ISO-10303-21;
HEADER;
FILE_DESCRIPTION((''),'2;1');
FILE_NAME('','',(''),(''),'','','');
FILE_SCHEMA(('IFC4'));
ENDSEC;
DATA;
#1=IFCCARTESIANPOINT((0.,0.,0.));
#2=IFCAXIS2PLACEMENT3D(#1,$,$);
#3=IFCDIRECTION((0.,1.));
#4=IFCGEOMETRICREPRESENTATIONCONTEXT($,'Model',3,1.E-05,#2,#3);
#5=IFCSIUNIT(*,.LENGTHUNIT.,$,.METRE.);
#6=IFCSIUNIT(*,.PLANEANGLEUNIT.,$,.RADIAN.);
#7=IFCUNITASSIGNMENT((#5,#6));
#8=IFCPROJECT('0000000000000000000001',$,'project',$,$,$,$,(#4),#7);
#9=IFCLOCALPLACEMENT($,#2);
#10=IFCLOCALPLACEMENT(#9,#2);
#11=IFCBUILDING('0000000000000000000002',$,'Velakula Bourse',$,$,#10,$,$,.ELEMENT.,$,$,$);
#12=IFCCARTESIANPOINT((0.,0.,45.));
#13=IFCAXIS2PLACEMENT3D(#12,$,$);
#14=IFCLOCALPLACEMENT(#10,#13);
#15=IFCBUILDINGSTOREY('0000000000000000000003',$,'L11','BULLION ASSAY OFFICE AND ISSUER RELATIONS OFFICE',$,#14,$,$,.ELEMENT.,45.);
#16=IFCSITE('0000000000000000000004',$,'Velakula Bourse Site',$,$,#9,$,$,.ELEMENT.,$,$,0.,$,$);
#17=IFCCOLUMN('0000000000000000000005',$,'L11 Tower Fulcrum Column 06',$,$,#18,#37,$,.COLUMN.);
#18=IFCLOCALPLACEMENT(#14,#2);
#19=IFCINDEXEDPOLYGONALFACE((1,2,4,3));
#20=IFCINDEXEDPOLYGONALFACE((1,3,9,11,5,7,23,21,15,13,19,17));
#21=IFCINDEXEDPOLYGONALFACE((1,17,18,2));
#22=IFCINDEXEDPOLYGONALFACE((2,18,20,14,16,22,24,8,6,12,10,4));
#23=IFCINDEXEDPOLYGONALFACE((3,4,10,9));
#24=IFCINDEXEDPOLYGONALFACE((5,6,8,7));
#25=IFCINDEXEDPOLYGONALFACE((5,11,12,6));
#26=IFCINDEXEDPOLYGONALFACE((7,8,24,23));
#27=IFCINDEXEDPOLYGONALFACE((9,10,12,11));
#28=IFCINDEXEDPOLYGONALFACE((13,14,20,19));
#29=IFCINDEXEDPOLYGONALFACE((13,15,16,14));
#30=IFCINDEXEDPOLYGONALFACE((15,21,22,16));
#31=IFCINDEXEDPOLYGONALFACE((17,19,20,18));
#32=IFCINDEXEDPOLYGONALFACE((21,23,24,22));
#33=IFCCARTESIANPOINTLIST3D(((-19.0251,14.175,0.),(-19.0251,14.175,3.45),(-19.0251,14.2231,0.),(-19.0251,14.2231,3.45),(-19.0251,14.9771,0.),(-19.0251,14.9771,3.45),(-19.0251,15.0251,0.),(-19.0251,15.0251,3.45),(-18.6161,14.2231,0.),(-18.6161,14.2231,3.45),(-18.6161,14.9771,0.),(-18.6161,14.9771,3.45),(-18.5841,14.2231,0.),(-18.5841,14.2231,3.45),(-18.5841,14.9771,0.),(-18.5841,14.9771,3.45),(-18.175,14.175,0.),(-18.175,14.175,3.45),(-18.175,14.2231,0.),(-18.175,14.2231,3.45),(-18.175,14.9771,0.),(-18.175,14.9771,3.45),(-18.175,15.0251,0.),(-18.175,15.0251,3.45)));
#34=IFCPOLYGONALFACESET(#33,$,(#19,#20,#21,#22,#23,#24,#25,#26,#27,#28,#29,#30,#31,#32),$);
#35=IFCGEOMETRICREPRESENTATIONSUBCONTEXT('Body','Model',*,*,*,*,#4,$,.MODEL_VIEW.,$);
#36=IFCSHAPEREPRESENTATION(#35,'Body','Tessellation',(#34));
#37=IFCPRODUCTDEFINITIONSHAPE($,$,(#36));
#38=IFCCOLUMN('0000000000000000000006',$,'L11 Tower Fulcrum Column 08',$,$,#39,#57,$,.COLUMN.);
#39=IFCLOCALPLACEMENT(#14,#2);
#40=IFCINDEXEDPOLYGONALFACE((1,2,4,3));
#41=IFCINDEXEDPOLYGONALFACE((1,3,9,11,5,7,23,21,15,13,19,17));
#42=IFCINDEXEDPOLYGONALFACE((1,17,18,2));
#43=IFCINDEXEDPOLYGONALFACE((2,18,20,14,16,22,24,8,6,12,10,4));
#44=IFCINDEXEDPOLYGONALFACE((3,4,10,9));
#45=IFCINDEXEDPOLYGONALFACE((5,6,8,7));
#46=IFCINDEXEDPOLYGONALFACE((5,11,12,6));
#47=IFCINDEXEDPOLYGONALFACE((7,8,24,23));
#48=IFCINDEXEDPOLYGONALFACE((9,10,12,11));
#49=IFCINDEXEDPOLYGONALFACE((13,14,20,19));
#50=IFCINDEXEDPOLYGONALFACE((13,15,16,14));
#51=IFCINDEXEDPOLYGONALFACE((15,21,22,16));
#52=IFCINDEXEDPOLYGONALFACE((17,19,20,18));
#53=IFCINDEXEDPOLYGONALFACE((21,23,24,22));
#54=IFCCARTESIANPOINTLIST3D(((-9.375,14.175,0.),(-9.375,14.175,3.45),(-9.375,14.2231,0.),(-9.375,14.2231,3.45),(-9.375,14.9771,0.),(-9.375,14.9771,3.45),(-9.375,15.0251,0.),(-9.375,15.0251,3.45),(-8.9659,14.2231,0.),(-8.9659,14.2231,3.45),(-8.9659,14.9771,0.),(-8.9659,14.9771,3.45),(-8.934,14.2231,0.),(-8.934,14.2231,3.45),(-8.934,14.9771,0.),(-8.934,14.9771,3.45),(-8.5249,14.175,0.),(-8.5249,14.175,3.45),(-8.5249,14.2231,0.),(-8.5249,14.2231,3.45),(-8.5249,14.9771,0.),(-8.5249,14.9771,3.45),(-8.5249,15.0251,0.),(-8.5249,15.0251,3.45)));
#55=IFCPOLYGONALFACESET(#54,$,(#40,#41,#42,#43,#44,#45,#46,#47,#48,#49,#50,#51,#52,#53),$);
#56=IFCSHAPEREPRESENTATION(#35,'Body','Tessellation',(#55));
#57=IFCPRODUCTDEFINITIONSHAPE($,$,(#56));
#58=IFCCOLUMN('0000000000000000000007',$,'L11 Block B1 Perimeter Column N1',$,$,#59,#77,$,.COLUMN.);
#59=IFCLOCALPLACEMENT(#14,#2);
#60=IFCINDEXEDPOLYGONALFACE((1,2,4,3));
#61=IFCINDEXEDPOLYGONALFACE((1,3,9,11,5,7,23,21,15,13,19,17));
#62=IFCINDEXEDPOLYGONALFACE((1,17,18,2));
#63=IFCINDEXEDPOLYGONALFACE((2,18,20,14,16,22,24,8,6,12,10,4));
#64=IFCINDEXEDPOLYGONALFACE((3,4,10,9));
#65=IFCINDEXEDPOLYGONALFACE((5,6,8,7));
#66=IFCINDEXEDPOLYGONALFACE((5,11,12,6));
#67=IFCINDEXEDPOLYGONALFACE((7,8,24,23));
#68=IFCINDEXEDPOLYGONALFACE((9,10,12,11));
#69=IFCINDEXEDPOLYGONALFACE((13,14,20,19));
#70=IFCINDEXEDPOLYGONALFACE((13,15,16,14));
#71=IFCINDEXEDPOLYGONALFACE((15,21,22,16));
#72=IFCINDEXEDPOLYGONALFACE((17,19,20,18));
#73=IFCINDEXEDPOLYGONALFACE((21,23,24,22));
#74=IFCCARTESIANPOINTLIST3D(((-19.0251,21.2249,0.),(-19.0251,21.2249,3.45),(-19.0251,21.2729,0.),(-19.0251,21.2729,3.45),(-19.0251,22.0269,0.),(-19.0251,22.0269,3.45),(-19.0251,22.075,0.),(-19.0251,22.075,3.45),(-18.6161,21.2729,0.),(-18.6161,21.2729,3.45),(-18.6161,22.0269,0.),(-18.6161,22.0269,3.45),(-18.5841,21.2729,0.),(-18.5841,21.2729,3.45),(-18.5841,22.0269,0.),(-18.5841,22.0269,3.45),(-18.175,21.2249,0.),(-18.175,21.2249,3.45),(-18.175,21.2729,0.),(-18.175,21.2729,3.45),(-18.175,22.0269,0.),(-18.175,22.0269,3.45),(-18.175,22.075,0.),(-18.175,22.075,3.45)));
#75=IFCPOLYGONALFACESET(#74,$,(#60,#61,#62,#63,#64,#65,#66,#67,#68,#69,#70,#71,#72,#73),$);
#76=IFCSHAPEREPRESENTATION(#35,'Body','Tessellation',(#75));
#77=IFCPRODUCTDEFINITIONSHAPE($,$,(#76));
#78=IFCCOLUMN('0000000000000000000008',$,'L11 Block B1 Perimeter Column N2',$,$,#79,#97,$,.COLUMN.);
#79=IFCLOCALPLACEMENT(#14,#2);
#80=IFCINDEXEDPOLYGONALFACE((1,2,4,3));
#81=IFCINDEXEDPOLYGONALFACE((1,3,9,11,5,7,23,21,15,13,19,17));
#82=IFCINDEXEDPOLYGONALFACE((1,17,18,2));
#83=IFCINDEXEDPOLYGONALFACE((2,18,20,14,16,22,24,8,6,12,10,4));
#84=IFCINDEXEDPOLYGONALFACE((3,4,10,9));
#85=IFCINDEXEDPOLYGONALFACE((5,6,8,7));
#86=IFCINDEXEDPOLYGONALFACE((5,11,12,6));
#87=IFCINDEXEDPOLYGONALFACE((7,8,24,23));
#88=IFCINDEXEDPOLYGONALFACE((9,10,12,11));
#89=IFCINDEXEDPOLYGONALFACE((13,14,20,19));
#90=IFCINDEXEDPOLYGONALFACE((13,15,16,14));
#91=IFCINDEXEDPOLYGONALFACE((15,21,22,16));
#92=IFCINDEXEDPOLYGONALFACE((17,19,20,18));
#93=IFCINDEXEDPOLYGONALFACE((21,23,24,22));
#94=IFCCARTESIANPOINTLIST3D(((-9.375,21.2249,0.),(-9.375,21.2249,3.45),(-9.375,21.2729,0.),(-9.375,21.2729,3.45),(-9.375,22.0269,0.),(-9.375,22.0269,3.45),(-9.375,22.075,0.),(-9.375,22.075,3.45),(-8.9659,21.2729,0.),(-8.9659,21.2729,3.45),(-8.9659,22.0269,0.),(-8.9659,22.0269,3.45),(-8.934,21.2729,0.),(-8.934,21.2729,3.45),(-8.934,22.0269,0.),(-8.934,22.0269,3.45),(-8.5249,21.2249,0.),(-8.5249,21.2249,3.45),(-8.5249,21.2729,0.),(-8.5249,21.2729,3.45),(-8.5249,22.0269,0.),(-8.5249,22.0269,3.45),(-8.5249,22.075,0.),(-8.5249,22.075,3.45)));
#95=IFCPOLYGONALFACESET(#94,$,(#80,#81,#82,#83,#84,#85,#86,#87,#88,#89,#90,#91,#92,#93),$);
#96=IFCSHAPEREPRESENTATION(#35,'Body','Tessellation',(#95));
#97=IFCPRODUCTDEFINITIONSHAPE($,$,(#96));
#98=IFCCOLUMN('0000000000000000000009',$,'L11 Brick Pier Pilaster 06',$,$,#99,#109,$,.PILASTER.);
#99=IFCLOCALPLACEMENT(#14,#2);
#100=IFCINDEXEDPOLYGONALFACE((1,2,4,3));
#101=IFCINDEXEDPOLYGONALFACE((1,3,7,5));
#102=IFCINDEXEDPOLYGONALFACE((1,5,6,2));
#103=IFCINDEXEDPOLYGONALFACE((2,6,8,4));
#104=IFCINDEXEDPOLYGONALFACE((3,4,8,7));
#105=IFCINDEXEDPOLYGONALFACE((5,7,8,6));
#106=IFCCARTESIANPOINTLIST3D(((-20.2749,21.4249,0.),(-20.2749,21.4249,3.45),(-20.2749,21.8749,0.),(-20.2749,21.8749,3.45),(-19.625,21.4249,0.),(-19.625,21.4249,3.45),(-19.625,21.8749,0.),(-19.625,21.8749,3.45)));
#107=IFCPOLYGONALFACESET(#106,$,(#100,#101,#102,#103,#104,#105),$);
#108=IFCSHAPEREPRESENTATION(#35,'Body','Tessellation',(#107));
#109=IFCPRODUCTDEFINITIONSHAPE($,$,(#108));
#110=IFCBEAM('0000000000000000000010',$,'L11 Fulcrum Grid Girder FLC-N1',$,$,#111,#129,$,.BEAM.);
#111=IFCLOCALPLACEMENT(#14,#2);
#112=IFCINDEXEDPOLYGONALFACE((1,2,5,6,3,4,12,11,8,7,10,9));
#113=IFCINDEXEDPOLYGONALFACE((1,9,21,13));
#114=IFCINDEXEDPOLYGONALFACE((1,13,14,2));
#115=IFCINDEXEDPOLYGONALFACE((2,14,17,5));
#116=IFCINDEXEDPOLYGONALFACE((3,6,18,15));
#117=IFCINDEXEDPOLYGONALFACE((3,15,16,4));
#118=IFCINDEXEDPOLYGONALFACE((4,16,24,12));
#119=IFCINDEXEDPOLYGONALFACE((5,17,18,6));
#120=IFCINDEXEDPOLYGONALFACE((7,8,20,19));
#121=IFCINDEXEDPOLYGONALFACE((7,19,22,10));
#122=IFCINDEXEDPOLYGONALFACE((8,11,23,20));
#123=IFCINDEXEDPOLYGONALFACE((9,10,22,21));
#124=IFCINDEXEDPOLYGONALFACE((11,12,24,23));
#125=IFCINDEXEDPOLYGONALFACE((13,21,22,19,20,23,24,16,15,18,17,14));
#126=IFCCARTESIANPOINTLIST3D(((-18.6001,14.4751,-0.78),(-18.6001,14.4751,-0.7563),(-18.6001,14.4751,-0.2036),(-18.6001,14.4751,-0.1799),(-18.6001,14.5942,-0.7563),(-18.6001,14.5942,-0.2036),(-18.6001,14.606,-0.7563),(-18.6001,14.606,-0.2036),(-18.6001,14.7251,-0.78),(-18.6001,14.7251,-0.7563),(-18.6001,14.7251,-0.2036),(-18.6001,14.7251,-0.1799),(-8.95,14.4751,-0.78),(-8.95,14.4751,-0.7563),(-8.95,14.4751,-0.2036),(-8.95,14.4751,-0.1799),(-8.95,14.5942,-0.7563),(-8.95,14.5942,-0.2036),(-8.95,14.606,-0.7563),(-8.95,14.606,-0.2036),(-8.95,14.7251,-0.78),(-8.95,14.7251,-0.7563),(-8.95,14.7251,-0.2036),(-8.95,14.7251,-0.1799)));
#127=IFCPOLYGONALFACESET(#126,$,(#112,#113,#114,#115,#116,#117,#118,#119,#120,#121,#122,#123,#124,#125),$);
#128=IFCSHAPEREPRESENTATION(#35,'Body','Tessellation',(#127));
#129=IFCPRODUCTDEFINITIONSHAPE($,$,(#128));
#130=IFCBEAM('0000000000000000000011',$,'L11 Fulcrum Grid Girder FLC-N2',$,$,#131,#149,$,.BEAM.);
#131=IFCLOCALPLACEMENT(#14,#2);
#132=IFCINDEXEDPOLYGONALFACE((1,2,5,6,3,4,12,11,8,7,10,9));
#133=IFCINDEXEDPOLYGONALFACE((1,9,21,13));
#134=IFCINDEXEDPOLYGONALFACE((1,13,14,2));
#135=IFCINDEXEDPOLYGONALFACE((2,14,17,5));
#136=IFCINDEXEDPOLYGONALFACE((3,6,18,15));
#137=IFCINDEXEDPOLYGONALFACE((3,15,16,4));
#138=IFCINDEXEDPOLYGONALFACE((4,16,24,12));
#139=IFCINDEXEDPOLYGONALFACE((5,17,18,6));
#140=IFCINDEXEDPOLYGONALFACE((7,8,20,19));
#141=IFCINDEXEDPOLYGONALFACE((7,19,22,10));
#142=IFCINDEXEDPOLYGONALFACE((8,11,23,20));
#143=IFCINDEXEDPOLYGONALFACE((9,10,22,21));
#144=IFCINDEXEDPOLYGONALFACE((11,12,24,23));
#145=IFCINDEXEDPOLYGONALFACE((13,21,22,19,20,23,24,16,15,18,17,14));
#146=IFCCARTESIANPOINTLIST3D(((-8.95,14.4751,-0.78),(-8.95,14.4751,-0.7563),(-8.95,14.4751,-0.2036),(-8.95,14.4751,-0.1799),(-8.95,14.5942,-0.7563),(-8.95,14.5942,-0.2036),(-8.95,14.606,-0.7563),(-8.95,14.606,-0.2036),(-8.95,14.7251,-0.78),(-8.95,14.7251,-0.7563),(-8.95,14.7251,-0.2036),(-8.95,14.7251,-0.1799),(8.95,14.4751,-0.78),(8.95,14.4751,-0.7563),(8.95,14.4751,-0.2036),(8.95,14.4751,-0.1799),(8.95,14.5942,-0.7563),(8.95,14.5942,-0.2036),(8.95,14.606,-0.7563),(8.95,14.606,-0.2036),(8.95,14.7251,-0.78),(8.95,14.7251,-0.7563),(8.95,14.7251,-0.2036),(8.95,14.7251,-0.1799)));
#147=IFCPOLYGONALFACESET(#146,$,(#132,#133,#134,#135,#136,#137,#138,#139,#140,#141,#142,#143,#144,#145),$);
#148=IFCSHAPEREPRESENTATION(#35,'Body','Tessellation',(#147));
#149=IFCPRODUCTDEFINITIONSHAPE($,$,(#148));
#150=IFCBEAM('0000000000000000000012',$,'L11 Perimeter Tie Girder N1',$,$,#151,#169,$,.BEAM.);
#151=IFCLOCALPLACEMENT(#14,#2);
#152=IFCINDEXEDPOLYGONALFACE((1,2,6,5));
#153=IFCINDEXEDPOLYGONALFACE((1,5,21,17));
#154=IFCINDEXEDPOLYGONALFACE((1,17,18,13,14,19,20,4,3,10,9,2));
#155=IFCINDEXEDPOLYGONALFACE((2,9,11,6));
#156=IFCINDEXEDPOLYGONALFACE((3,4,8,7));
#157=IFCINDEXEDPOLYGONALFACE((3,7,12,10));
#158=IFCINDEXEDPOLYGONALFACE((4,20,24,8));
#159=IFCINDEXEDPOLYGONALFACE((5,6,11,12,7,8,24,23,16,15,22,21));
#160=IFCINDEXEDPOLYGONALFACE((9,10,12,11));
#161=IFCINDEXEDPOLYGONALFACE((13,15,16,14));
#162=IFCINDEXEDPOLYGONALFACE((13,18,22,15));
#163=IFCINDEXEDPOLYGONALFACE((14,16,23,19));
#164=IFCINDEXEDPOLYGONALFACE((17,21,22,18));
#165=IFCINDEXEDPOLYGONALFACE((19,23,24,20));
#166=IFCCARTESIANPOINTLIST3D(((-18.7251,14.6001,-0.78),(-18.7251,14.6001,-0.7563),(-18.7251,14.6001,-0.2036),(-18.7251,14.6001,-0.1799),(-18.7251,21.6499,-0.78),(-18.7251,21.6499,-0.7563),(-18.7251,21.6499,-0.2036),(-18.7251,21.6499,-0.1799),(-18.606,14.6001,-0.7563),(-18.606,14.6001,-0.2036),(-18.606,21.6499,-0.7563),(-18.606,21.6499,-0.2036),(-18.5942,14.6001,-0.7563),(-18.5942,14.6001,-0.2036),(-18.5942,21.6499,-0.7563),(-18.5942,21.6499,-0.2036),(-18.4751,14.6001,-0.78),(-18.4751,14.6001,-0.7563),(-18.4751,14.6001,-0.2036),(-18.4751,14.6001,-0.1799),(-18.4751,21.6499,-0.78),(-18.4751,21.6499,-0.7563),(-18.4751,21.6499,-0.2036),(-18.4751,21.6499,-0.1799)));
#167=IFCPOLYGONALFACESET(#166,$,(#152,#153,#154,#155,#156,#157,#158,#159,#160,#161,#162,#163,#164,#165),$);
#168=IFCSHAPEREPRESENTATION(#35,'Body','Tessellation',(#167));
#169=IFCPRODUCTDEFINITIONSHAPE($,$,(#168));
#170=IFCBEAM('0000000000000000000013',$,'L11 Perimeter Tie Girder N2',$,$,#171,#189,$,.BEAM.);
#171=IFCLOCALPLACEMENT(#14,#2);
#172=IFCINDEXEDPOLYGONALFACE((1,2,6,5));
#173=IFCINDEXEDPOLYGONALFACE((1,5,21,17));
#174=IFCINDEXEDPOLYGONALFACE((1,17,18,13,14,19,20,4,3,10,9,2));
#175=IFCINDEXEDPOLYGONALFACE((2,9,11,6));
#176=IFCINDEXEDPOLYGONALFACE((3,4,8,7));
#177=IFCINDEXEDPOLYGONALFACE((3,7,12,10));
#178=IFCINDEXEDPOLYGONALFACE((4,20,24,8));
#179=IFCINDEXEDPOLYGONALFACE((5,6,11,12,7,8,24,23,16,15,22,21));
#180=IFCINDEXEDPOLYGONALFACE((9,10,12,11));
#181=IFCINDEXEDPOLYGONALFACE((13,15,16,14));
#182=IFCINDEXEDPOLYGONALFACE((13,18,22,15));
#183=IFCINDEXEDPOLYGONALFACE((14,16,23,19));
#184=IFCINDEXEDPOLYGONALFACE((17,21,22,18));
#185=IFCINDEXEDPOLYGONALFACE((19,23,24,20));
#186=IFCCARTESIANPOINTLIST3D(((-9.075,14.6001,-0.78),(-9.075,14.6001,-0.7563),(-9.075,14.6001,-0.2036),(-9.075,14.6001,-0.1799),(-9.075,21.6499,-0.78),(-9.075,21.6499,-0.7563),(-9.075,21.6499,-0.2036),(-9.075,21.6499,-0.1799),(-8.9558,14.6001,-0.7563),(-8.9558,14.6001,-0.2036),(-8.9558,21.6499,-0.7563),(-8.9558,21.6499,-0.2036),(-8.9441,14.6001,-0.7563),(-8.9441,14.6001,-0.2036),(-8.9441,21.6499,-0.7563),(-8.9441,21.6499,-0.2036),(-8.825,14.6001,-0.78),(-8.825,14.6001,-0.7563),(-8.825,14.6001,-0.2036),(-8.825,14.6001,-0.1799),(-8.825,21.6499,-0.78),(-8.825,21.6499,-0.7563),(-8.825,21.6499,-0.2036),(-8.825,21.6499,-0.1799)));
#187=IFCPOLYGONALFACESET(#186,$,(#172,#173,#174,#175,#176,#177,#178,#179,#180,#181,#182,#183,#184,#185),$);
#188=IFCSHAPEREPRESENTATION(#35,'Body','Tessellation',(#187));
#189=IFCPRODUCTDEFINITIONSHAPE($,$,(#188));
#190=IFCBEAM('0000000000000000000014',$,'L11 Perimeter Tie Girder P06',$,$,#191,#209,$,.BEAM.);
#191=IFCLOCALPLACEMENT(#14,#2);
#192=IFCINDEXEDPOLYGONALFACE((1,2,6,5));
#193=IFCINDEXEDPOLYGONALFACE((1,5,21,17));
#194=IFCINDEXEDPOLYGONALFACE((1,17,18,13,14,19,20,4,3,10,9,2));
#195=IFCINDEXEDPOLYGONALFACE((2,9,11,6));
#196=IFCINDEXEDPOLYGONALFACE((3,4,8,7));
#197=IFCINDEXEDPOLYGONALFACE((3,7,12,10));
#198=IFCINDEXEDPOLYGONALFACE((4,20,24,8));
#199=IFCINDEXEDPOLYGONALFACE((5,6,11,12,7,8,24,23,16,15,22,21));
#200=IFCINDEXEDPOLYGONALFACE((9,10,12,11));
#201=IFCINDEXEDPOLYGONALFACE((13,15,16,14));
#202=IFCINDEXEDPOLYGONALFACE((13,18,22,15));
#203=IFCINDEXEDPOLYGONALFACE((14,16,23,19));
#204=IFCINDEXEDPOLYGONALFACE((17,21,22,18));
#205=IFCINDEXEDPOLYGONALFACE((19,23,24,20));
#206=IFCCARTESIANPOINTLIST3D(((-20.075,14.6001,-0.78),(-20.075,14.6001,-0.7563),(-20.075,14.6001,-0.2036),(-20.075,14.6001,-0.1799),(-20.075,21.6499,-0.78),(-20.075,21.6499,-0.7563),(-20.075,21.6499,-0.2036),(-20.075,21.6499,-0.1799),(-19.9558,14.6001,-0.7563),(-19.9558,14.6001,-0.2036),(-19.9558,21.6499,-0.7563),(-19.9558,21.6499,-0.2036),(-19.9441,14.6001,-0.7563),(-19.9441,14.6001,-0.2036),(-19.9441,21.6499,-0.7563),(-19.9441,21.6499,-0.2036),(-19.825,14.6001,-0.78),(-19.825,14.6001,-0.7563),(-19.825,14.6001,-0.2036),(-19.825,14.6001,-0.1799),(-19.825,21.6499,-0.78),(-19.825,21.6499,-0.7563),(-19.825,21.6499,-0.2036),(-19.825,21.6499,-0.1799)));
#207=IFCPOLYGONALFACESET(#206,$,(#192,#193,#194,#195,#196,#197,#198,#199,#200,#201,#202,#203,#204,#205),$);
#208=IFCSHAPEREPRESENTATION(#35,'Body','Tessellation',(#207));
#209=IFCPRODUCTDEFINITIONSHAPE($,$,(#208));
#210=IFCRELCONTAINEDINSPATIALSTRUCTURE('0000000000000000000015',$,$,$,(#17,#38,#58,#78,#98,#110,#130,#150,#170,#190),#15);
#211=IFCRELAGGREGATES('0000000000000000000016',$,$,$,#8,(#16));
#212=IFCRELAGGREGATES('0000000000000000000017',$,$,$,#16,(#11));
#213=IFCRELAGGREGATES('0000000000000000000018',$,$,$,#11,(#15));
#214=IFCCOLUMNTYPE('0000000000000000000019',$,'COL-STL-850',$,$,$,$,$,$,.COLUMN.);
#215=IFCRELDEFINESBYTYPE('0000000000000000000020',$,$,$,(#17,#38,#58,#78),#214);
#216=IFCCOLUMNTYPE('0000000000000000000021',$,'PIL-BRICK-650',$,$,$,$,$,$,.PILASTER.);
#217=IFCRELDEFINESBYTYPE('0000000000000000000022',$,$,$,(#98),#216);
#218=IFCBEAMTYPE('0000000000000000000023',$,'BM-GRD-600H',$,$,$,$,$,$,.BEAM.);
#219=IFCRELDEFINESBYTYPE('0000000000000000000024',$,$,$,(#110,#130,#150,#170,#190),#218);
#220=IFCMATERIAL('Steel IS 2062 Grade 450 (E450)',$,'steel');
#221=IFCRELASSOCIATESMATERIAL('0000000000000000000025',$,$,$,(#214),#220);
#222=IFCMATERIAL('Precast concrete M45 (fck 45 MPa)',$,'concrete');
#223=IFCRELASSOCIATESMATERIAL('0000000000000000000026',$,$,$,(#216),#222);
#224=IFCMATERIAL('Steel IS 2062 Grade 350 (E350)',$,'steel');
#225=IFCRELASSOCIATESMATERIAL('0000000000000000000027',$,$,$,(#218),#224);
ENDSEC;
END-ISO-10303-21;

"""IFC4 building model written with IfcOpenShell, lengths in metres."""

from ifc_helpers import new_model, si_unit, direction, frame, origin, origin_2d, place, context, subcontext, project, spatial, rectangle, i_section, extrude, material, material_profile, profile_set, type_object, element, save


model = new_model("IFC4")

# Units and contexts
model_context = context("Model", 3, precision=1e-05, world=origin(), true_north=direction((0.0, 1.0)))
body_context = subcontext(model_context, "Body", "Model", "MODEL_VIEW")
ifc_project = project(units=[si_unit("LENGTHUNIT", "METRE"), si_unit("PLANEANGLEUNIT", "RADIAN")], contexts=[model_context])

# Site, building, storey
site_placement = place(None, origin())
site = spatial("IfcSite", under=ifc_project, at=site_placement, Name="Velakula Bourse Site", CompositionType="ELEMENT", RefElevation=0.0)
building_placement = place(site_placement, origin())
building = spatial("IfcBuilding", under=site, at=building_placement, Name="Velakula Bourse", CompositionType="ELEMENT")
storey_placement = place(building_placement, frame((0.0, 0.0, 45.0)))
storey = spatial("IfcBuildingStorey", under=building, at=storey_placement, Name="L11", Description="BULLION ASSAY OFFICE AND ISSUER RELATIONS OFFICE", CompositionType="ELEMENT", Elevation=45.0)

# Columns
ifc_material_1 = material(Name="Steel IS 2062 Grade 450 (E450)", Category="steel")
ifc_material_profile_1 = material_profile(ifc_material_1, i_section(OverallWidth=0.8501, OverallDepth=0.8501, WebThickness=0.032, FlangeThickness=0.0481, at=origin_2d()), Name="Steel IS 2062 Grade 450 (E450)")
ifc_profile_set_1 = profile_set([ifc_material_profile_1], Name="Steel IS 2062 Grade 450 (E450)")
column_type_1 = type_object("IfcColumnType", Name="COL-STL-850", PredefinedType="COLUMN", material=ifc_profile_set_1)
for number, where, z_axis, x_axis, name in (
    (1, (-18.6001, 14.6001, 0.0), (0.0, 0.0, 1.0), (1.0, 0.0, 0.0), "L11 Tower Fulcrum Column 06"),
    (2, (-8.95, 14.6001, 0.0), (0.0, 0.0, 1.0), (1.0, 0.0, 0.0), "L11 Tower Fulcrum Column 08"),
    (3, (-18.6001, 21.6499, 0.0), (0.0, 0.0, 1.0), (1.0, 0.0, 0.0), "L11 Block B1 Perimeter Column N1"),
    (4, (-8.95, 21.6499, 0.0), (0.0, 0.0, 1.0), (1.0, 0.0, 0.0), "L11 Block B1 Perimeter Column N2"),
):
    element("IfcColumn", number, at=place(storey_placement, frame(where, z_axis=z_axis, x_axis=x_axis)), inside=storey, type_object=column_type_1, Name=name, PredefinedType="COLUMN", context=body_context, shape_type="SweptSolid", body=[
        extrude(i_section(OverallWidth=0.8501, OverallDepth=0.8501, WebThickness=0.032, FlangeThickness=0.0481, at=origin_2d()), origin(), (0.0, 0.0, 1.0), 3.45),
    ])
ifc_material_2 = material(Name="Precast concrete M45 (fck 45 MPa)", Category="concrete")
ifc_material_profile_2 = material_profile(ifc_material_2, rectangle(XDim=0.6499, YDim=0.45, at=origin_2d()), Name="Precast concrete M45 (fck 45 MPa)")
ifc_profile_set_2 = profile_set([ifc_material_profile_2], Name="Precast concrete M45 (fck 45 MPa)")
column_type_2 = type_object("IfcColumnType", Name="PIL-BRICK-650", PredefinedType="PILASTER", material=ifc_profile_set_2)
column_placement = place(storey_placement, frame((-19.95, 21.6499, 0.0), z_axis=(0.0, 0.0, 1.0), x_axis=(1.0, 0.0, 0.0)))
element("IfcColumn", 5, at=column_placement, inside=storey, type_object=column_type_2, Name="L11 Brick Pier Pilaster 06", PredefinedType="PILASTER", context=body_context, shape_type="SweptSolid", body=[
    extrude(rectangle(XDim=0.6499, YDim=0.45, at=origin_2d()), origin(), (0.0, 0.0, 1.0), 3.45),
])

# Beams
ifc_material_3 = material(Name="Steel IS 2062 Grade 350 (E350)", Category="steel")
ifc_material_profile_3 = material_profile(ifc_material_3, i_section(OverallWidth=0.25, OverallDepth=0.6001, WebThickness=0.0117, FlangeThickness=0.0237, at=origin_2d()), Name="Steel IS 2062 Grade 350 (E350)")
ifc_profile_set_3 = profile_set([ifc_material_profile_3], Name="Steel IS 2062 Grade 350 (E350)")
beam_type_1 = type_object("IfcBeamType", Name="BM-GRD-600H", PredefinedType="BEAM", material=ifc_profile_set_3)
beam_1_placement = place(storey_placement, frame((-18.6001, 14.6001, -0.48), z_axis=(1.0, 0.0, 0.0), x_axis=(0.0, 1.0, 0.0)))
element("IfcBeam", 6, at=beam_1_placement, inside=storey, type_object=beam_type_1, Name="L11 Fulcrum Grid Girder FLC-N1", PredefinedType="BEAM", context=body_context, shape_type="SweptSolid", body=[
    extrude(i_section(OverallWidth=0.25, OverallDepth=0.6001, WebThickness=0.0117, FlangeThickness=0.0237, at=origin_2d()), origin(), (0.0, 0.0, 1.0), 9.6501),
])
beam_2_placement = place(storey_placement, frame((-8.95, 14.6001, -0.48), z_axis=(1.0, 0.0, 0.0), x_axis=(0.0, 1.0, 0.0)))
element("IfcBeam", 7, at=beam_2_placement, inside=storey, type_object=beam_type_1, Name="L11 Fulcrum Grid Girder FLC-N2", PredefinedType="BEAM", context=body_context, shape_type="SweptSolid", body=[
    extrude(i_section(OverallWidth=0.25, OverallDepth=0.6001, WebThickness=0.0117, FlangeThickness=0.0237, at=origin_2d()), origin(), (0.0, 0.0, 1.0), 17.8999),
])
for number, where, z_axis, x_axis, name in (
    (8, (-18.6001, 14.6001, -0.48), (0.0, 1.0, 0.0), (-1.0, 0.0, 0.0), "L11 Perimeter Tie Girder N1"),
    (9, (-8.95, 14.6001, -0.48), (0.0, 1.0, 0.0), (-1.0, 0.0, 0.0), "L11 Perimeter Tie Girder N2"),
    (10, (-19.95, 14.6001, -0.48), (0.0, 1.0, 0.0), (-1.0, 0.0, 0.0), "L11 Perimeter Tie Girder P06"),
):
    element("IfcBeam", number, at=place(storey_placement, frame(where, z_axis=z_axis, x_axis=x_axis)), inside=storey, type_object=beam_type_1, Name=name, PredefinedType="BEAM", context=body_context, shape_type="SweptSolid", body=[
        extrude(i_section(OverallWidth=0.25, OverallDepth=0.6001, WebThickness=0.0117, FlangeThickness=0.0237, at=origin_2d()), origin(), (0.0, 0.0, 1.0), 7.0498),
    ])

save(model, "model.ifc")
